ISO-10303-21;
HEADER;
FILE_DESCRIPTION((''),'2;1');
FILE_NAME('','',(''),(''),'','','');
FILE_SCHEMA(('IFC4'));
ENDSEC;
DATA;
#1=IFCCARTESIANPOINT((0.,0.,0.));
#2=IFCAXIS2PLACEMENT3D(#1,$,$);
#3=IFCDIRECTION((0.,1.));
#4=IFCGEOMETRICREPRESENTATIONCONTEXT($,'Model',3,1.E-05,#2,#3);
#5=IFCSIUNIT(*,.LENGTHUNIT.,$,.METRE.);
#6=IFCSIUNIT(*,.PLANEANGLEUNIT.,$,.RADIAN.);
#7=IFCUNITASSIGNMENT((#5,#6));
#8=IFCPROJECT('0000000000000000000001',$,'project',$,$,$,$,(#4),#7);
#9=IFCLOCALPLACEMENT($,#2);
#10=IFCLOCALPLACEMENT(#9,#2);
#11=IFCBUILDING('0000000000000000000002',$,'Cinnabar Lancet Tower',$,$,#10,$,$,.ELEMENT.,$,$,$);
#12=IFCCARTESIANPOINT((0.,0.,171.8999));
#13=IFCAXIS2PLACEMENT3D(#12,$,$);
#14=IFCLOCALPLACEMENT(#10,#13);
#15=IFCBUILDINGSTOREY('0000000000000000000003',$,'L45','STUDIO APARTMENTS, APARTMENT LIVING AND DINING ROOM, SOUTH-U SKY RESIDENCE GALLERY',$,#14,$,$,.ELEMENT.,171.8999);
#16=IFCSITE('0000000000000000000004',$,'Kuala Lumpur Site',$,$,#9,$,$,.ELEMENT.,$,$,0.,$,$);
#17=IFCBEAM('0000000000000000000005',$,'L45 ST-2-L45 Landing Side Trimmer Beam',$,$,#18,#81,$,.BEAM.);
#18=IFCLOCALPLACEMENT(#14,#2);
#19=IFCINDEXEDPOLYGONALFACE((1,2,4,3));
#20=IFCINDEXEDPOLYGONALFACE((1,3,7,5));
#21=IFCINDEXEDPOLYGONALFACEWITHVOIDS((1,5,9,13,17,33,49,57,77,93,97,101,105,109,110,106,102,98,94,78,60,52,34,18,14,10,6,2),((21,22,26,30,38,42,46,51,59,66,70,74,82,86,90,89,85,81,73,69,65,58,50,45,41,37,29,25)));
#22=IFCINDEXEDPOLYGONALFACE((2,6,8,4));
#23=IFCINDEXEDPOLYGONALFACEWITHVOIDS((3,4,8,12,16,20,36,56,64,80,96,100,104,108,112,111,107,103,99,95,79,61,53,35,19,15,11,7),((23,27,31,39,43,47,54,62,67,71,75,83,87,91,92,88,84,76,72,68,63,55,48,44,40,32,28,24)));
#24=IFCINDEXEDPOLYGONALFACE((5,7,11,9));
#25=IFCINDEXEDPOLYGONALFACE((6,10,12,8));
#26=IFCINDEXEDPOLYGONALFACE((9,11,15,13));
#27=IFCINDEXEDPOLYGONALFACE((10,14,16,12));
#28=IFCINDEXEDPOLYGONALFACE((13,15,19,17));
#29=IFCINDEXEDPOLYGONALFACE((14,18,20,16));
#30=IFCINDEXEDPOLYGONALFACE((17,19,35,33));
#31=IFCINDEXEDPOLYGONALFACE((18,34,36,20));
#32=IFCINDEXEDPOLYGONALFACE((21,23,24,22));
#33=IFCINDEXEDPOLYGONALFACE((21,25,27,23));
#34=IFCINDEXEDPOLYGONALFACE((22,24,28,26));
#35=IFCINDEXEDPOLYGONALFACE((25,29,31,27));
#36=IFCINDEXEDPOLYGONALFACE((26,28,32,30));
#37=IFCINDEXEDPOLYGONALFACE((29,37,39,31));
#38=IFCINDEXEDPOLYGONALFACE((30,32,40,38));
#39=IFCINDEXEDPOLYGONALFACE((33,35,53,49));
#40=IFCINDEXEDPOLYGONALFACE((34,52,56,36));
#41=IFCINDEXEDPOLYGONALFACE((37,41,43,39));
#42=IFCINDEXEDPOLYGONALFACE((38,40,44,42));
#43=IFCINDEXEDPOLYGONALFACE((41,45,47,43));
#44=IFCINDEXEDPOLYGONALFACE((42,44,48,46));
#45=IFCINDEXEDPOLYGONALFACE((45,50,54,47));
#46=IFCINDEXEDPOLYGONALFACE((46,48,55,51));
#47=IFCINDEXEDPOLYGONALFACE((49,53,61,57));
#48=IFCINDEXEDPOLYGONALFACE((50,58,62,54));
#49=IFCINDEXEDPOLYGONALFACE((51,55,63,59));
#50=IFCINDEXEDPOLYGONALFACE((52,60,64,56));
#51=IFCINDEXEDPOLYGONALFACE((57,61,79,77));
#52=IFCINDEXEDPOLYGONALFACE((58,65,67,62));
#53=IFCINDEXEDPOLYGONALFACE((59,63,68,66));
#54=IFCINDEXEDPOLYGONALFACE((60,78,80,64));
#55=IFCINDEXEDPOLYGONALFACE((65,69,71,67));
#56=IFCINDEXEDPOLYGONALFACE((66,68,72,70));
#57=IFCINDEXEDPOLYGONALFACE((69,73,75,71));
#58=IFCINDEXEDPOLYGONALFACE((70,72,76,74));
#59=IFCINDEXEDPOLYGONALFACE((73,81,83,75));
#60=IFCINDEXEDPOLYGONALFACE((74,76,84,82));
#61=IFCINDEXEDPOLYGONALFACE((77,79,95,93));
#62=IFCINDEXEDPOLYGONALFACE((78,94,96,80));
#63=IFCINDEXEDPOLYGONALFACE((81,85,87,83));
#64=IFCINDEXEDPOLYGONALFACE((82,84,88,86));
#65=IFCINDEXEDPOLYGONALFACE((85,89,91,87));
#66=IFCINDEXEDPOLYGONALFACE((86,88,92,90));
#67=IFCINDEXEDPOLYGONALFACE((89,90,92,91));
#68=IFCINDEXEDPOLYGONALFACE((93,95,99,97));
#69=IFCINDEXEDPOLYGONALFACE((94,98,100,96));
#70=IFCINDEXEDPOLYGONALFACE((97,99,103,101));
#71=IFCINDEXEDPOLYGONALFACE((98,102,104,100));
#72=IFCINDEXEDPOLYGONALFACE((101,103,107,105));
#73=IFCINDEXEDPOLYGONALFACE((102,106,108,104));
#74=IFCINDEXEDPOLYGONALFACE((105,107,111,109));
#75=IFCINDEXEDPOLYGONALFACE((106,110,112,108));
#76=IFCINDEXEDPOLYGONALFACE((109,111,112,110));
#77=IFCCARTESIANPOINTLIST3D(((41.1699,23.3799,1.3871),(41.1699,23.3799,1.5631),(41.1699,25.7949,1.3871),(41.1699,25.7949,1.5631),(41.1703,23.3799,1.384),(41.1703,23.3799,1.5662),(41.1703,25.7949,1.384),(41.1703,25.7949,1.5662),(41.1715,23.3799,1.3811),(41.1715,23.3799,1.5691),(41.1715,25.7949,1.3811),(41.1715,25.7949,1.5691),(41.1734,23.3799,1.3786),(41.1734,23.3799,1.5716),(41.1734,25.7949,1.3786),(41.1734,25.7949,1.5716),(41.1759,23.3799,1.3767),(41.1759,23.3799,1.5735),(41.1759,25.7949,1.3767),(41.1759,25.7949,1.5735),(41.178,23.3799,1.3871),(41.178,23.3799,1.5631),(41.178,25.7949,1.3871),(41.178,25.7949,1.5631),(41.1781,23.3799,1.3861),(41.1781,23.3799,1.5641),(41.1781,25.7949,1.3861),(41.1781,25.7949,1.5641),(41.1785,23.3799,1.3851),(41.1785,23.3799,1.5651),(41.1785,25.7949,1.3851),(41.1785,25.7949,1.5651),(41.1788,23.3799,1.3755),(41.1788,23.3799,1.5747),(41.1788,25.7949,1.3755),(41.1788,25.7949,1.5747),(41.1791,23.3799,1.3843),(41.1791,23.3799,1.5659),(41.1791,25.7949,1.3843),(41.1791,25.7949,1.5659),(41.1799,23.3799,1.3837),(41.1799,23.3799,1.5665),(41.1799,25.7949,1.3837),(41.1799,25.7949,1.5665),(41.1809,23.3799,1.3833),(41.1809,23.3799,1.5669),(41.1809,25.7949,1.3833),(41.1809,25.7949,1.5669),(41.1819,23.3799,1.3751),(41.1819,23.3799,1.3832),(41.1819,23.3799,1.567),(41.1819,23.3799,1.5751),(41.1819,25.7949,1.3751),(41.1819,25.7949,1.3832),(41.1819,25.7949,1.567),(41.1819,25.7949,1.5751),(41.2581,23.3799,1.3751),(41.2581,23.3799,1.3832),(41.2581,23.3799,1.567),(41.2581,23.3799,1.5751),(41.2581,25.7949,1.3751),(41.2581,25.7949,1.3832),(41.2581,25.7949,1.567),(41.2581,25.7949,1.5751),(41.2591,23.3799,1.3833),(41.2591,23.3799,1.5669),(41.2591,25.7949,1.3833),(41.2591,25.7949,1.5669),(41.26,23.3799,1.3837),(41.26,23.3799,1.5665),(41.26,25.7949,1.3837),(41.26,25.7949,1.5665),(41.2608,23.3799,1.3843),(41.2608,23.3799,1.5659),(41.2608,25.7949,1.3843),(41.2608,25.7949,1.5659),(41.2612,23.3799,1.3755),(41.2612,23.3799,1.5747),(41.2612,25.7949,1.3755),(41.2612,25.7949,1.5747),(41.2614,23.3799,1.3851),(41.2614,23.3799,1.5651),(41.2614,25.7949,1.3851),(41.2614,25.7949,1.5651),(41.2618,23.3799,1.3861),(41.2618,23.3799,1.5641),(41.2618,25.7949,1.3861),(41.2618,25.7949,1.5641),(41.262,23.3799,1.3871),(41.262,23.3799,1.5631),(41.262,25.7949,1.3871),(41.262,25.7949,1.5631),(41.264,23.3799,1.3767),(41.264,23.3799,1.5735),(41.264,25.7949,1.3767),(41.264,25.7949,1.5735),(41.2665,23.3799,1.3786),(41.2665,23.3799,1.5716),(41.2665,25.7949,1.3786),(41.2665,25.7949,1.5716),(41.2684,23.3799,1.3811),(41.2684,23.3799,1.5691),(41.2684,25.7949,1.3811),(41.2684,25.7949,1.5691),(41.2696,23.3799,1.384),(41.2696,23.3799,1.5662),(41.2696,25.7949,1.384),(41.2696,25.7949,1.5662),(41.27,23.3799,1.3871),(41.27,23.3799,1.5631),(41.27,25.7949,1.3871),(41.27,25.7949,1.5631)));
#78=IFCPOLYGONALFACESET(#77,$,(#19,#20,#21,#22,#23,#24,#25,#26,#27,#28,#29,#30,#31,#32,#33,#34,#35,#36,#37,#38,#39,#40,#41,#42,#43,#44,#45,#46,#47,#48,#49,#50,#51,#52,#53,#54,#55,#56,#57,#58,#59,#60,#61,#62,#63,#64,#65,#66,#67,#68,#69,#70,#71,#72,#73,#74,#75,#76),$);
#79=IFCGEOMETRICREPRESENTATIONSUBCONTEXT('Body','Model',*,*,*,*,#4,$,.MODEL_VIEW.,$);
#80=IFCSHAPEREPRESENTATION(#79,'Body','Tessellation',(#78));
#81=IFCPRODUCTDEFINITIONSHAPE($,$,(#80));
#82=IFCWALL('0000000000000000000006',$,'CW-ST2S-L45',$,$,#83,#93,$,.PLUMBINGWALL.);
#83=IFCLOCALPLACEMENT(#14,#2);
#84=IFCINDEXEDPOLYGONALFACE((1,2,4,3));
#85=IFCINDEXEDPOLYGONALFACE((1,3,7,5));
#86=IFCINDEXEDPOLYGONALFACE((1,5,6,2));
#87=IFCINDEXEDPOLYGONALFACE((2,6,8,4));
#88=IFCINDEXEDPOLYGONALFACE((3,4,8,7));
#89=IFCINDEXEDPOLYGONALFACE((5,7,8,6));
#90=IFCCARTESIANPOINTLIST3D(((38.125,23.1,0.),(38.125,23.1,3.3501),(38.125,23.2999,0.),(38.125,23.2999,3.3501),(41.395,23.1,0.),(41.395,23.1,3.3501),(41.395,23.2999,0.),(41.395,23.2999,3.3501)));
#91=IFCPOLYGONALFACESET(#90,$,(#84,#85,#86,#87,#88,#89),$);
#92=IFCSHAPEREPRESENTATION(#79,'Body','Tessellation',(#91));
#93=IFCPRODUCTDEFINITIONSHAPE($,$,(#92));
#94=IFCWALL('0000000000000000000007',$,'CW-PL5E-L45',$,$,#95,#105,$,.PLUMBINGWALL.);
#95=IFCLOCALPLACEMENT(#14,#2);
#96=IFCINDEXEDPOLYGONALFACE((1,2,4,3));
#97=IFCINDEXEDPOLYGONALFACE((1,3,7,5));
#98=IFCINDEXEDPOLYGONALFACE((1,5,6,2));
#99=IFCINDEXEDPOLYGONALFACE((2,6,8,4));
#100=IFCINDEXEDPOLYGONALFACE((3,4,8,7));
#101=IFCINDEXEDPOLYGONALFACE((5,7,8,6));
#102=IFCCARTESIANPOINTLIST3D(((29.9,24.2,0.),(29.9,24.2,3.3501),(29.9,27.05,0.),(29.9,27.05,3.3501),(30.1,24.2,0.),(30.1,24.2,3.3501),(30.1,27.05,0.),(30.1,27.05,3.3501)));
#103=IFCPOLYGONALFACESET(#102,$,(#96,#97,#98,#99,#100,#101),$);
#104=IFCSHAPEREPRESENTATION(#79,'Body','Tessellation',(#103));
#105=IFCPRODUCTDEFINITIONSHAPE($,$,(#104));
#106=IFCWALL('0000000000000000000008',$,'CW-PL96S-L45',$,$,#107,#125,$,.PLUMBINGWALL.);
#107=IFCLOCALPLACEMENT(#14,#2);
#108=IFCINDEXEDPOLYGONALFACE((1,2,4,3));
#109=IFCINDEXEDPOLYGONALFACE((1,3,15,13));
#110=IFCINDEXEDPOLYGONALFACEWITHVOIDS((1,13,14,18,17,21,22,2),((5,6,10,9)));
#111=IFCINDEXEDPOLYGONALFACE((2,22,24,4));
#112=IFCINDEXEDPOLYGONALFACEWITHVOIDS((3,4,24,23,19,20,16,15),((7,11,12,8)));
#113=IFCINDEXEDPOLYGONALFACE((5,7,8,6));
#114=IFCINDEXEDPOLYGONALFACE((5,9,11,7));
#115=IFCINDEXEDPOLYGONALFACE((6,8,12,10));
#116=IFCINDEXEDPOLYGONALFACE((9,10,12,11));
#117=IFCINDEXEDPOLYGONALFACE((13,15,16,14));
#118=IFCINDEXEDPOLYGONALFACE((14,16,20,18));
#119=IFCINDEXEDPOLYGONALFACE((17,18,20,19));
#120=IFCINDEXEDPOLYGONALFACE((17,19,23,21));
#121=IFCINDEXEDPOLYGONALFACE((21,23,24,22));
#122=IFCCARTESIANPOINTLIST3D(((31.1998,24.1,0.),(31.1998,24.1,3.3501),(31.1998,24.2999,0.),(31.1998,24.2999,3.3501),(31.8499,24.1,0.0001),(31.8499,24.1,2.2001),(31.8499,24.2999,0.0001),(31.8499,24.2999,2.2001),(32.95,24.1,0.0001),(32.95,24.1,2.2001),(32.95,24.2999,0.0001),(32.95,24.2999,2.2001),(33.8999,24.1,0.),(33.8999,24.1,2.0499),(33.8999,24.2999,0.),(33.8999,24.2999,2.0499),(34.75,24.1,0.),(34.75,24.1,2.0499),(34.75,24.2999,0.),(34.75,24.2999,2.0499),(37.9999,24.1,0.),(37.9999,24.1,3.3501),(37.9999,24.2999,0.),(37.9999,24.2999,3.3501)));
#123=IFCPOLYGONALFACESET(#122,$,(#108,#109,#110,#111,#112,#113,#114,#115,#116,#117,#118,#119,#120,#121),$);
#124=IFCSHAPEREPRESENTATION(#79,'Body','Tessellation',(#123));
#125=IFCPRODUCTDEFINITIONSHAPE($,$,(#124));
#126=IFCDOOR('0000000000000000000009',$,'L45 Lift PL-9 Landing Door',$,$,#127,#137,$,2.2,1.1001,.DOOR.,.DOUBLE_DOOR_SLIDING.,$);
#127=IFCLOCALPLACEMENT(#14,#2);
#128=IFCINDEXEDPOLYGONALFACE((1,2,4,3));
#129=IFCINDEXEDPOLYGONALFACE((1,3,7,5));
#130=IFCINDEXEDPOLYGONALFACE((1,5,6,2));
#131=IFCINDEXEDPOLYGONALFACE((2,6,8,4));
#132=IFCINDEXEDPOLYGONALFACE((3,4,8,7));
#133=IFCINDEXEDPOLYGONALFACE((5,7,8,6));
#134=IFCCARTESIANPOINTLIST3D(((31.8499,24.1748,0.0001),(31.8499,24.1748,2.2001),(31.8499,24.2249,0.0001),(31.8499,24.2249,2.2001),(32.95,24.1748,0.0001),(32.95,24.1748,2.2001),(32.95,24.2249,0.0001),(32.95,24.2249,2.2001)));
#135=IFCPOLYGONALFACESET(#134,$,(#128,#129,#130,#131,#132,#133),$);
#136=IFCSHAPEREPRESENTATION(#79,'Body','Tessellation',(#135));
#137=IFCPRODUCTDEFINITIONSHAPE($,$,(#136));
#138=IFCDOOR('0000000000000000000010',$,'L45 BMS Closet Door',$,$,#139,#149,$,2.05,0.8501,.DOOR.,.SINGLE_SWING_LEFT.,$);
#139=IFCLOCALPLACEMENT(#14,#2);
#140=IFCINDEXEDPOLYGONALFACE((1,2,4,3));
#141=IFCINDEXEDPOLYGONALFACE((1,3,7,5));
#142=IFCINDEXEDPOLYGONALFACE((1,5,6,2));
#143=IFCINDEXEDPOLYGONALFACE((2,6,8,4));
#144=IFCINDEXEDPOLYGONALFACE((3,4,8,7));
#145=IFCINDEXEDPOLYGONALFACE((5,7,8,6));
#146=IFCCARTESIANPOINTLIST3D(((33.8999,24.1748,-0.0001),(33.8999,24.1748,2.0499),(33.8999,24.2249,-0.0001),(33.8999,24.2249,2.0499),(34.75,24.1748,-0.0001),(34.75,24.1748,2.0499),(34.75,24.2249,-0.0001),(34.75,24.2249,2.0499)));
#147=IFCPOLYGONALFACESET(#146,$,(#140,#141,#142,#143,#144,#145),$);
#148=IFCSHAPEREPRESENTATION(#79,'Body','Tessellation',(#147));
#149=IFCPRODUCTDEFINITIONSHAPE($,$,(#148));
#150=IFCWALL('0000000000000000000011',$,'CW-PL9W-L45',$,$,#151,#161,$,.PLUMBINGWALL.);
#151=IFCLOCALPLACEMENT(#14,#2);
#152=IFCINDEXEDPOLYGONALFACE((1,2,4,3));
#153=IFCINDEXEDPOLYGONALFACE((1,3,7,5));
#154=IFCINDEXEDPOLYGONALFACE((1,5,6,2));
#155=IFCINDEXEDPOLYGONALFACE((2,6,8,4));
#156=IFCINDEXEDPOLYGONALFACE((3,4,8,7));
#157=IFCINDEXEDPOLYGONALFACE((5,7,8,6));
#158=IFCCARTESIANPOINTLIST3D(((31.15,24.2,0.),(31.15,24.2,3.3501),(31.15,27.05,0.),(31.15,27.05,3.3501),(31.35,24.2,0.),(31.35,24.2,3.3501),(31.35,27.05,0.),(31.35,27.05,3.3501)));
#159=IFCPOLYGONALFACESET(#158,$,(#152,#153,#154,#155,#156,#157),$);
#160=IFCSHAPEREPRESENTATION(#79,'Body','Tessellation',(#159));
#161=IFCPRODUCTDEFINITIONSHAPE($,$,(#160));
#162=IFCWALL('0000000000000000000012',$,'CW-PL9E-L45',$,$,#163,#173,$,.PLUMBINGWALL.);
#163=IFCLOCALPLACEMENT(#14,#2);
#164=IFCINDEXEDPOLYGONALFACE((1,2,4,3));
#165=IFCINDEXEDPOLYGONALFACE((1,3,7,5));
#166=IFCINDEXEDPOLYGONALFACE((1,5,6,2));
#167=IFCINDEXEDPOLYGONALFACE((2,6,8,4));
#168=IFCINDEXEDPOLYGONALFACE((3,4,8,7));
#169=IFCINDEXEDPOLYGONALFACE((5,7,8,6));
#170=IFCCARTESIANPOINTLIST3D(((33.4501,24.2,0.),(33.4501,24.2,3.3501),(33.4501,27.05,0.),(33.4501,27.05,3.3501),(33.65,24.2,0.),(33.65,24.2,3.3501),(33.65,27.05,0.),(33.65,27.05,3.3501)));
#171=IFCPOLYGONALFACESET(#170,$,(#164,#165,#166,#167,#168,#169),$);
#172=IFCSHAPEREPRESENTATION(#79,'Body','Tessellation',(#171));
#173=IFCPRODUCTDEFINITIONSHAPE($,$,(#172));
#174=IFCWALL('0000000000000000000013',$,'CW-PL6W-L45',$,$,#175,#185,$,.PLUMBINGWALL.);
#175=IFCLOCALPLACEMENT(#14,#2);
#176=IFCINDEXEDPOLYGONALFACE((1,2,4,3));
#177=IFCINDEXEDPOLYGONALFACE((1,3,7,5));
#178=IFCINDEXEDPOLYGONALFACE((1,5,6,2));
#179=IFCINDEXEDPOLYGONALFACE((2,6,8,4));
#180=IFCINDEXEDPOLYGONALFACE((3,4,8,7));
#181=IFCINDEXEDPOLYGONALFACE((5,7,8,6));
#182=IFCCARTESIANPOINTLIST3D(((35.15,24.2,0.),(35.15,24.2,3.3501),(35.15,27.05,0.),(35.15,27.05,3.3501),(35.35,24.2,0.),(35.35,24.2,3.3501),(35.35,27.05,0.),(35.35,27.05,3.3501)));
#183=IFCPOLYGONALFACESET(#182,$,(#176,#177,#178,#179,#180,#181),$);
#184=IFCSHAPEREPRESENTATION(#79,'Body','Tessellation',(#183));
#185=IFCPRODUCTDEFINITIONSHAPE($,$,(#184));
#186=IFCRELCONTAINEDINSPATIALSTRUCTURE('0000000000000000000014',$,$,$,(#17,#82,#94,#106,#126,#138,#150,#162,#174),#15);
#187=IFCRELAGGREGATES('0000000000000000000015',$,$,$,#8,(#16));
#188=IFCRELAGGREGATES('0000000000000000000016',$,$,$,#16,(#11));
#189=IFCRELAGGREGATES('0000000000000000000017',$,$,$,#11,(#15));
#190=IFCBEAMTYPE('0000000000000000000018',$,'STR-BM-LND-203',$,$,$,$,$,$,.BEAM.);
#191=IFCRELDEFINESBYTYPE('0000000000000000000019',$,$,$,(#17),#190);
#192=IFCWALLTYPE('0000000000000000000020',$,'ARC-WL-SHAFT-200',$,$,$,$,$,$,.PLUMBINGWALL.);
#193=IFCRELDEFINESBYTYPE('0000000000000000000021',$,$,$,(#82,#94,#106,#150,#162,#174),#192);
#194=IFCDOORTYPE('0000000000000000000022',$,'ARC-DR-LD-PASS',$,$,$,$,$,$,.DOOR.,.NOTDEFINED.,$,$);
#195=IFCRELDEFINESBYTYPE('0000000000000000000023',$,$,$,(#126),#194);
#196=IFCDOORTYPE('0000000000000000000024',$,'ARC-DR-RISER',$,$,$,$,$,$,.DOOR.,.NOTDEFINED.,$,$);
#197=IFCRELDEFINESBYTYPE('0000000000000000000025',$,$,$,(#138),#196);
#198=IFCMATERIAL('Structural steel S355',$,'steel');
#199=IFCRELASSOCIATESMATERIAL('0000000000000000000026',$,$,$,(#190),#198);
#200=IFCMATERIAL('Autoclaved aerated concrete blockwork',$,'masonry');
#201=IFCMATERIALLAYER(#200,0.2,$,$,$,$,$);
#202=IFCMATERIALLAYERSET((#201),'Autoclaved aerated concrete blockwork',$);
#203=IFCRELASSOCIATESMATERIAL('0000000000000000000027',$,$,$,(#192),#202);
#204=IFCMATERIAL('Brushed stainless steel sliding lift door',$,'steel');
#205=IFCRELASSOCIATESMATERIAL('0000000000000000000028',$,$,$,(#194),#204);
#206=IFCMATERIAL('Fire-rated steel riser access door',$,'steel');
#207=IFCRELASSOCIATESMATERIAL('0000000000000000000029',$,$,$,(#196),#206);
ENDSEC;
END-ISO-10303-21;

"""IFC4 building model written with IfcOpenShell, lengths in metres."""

from ifc_helpers import new_model, si_unit, direction, frame, frame_2d, origin, origin_2d, place, context, subcontext, project, spatial, rectangle, hollow_rectangle, extrude, material, layer, layer_set, material_profile, profile_set, type_object, element, fill, save


model = new_model("IFC4")

# Units and contexts
model_context = context("Model", 3, precision=1e-05, world=origin(), true_north=direction((0.0, 1.0)))
body_context = subcontext(model_context, "Body", "Model", "MODEL_VIEW")
ifc_project = project(units=[si_unit("LENGTHUNIT", "METRE"), si_unit("PLANEANGLEUNIT", "RADIAN")], contexts=[model_context])

# Site, building, storey
site_placement = place(None, origin())
site = spatial("IfcSite", under=ifc_project, at=site_placement, Name="Kuala Lumpur Site", CompositionType="ELEMENT", RefElevation=0.0)
building_placement = place(site_placement, origin())
building = spatial("IfcBuilding", under=site, at=building_placement, Name="Cinnabar Lancet Tower", CompositionType="ELEMENT")
storey_placement = place(building_placement, frame((0.0, 0.0, 171.8999)))
storey = spatial("IfcBuildingStorey", under=building, at=storey_placement, Name="L45", Description="STUDIO APARTMENTS, APARTMENT LIVING AND DINING ROOM, SOUTH-U SKY RESIDENCE GALLERY", CompositionType="ELEMENT", Elevation=171.8999)

# Beam
ifc_material_1 = material(Name="Structural steel S355", Category="steel")
ifc_material_profile = material_profile(ifc_material_1, hollow_rectangle(XDim=0.1001, YDim=0.2, WallThickness=0.0081, InnerFilletRadius=0.0039, OuterFilletRadius=0.012, at=origin_2d()), Name="RHS 200x100x8")
ifc_profile_set = profile_set([ifc_material_profile], Name="Structural steel S355")
beam_type = type_object("IfcBeamType", Name="STR-BM-LND-203", PredefinedType="BEAM", material=ifc_profile_set)
beam_placement = place(storey_placement, frame((41.22, 23.3799, 1.4751), z_axis=(0.0, 1.0, 0.0), x_axis=(-1.0, 0.0, 0.0)))
element("IfcBeam", 1, at=beam_placement, inside=storey, type_object=beam_type, Name="L45 ST-2-L45 Landing Side Trimmer Beam", PredefinedType="BEAM", context=body_context, shape_type="SweptSolid", body=[
    extrude(hollow_rectangle(XDim=0.1001, YDim=0.2, WallThickness=0.0081, InnerFilletRadius=0.0039, OuterFilletRadius=0.012, at=origin_2d()), origin(), (0.0, 0.0, 1.0), 2.415),
])

# Walls
ifc_material_2 = material(Name="Autoclaved aerated concrete blockwork", Category="masonry")
ifc_layer_1 = layer(ifc_material_2, 0.2)
ifc_layer_set_1 = layer_set([ifc_layer_1], Name="Autoclaved aerated concrete blockwork")
wall_type_1 = type_object("IfcWallType", Name="ARC-WL-SHAFT-200", PredefinedType="PLUMBINGWALL", material=ifc_layer_set_1)
wall_1_placement = place(storey_placement, frame((38.125, 23.2, 0.0), z_axis=(0.0, 0.0, 1.0), x_axis=(1.0, 0.0, 0.0)))
element("IfcWall", 2, at=wall_1_placement, inside=storey, type_object=wall_type_1, Name="CW-ST2S-L45", PredefinedType="PLUMBINGWALL", context=body_context, shape_type="SweptSolid", body=[
    extrude(rectangle(XDim=3.27, YDim=0.2, at=frame_2d((1.635, 0.0))), origin(), (0.0, 0.0, 1.0), 3.3501),
])
wall_2_placement = place(storey_placement, frame((30.0, 24.2, 0.0), z_axis=(0.0, 0.0, 1.0), x_axis=(0.0, 1.0, 0.0)))
element("IfcWall", 3, at=wall_2_placement, inside=storey, type_object=wall_type_1, Name="CW-PL5E-L45", PredefinedType="PLUMBINGWALL", context=body_context, shape_type="SweptSolid", body=[
    extrude(rectangle(XDim=2.8501, YDim=0.2, at=frame_2d((1.425, 0.0))), origin(), (0.0, 0.0, 1.0), 3.3501),
])

# Wall, openings, doors
wall_3_placement = place(storey_placement, frame((31.2, 24.2, 0.0), z_axis=(0.0, 0.0, 1.0), x_axis=(1.0, 0.0, 0.0)))
wall_3 = element("IfcWall", 4, at=wall_3_placement, inside=storey, type_object=wall_type_1, Name="CW-PL96S-L45", PredefinedType="PLUMBINGWALL", context=body_context, shape_type="SweptSolid", body=[
    extrude(rectangle(XDim=6.8, YDim=0.2, at=frame_2d((3.3999, 0.0))), origin(), (0.0, 0.0, 1.0), 3.3501),
])
opening_1_placement = place(wall_3_placement, frame((0.6499, 0.0, 0.0)))
opening_1 = element("IfcOpeningElement", 5, at=opening_1_placement, cuts=wall_3, PredefinedType="OPENING", context=body_context, shape_type="SweptSolid", body=[
    extrude(rectangle(XDim=1.1001, YDim=2.2, at=frame_2d((0.55, 1.1001))), frame((0.0, 0.1099, 0.0), z_axis=(0.0, -1.0, 0.0), x_axis=(1.0, 0.0, 0.0)), (0.0, 0.0, 1.0), 0.22),
])
opening_2_placement = place(wall_3_placement, frame((2.7, 0.0, 0.0)))
opening_2 = element("IfcOpeningElement", 6, at=opening_2_placement, cuts=wall_3, PredefinedType="OPENING", context=body_context, shape_type="SweptSolid", body=[
    extrude(rectangle(XDim=0.8501, YDim=2.05, at=frame_2d((0.425, 1.0249))), frame((0.0, 0.1099, 0.0), z_axis=(0.0, -1.0, 0.0), x_axis=(1.0, 0.0, 0.0)), (0.0, 0.0, 1.0), 0.22),
])
ifc_material_3 = material(Name="Brushed stainless steel sliding lift door", Category="steel")
door_type_1 = type_object("IfcDoorType", Name="ARC-DR-LD-PASS", OperationType="NOTDEFINED", PredefinedType="DOOR", material=ifc_material_3)
door_1_placement = place(opening_1_placement, origin())
door_1 = element("IfcDoor", 7, at=door_1_placement, inside=storey, type_object=door_type_1, Name="L45 Lift PL-9 Landing Door", OperationType="DOUBLE_DOOR_SLIDING", OverallHeight=2.2, OverallWidth=1.1001, PredefinedType="DOOR", context=body_context, shape_type="SweptSolid", body=[
    extrude(rectangle(XDim=1.1001, YDim=2.2, at=frame_2d((0.55, 1.1001))), frame((0.0, 0.0249, 0.0), z_axis=(0.0, -1.0, 0.0), x_axis=(1.0, 0.0, 0.0)), (0.0, 0.0, 1.0), 0.05),
])
fill(opening_1, door_1)
ifc_material_4 = material(Name="Fire-rated steel riser access door", Category="steel")
door_type_2 = type_object("IfcDoorType", Name="ARC-DR-RISER", OperationType="NOTDEFINED", PredefinedType="DOOR", material=ifc_material_4)
door_2_placement = place(opening_2_placement, origin())
door_2 = element("IfcDoor", 8, at=door_2_placement, inside=storey, type_object=door_type_2, Name="L45 BMS Closet Door", OperationType="SINGLE_SWING_LEFT", OverallHeight=2.05, OverallWidth=0.8501, PredefinedType="DOOR", context=body_context, shape_type="SweptSolid", body=[
    extrude(rectangle(XDim=0.8501, YDim=2.05, at=frame_2d((0.425, 1.0249))), frame((0.0, 0.0249, 0.0), z_axis=(0.0, -1.0, 0.0), x_axis=(1.0, 0.0, 0.0)), (0.0, 0.0, 1.0), 0.05),
])
fill(opening_2, door_2)

# Walls
for number, where, z_axis, x_axis, name in (
    (9, (31.25, 24.2, 0.0), (0.0, 0.0, 1.0), (0.0, 1.0, 0.0), "CW-PL9W-L45"),
    (10, (33.55, 24.2, 0.0), (0.0, 0.0, 1.0), (0.0, 1.0, 0.0), "CW-PL9E-L45"),
    (11, (35.25, 24.2, 0.0), (0.0, 0.0, 1.0), (0.0, 1.0, 0.0), "CW-PL6W-L45"),
):
    element("IfcWall", number, at=place(storey_placement, frame(where, z_axis=z_axis, x_axis=x_axis)), inside=storey, type_object=wall_type_1, Name=name, PredefinedType="PLUMBINGWALL", context=body_context, shape_type="SweptSolid", body=[
        extrude(rectangle(XDim=2.8501, YDim=0.2, at=frame_2d((1.425, 0.0))), origin(), (0.0, 0.0, 1.0), 3.3501),
    ])

save(model, "model.ifc")
